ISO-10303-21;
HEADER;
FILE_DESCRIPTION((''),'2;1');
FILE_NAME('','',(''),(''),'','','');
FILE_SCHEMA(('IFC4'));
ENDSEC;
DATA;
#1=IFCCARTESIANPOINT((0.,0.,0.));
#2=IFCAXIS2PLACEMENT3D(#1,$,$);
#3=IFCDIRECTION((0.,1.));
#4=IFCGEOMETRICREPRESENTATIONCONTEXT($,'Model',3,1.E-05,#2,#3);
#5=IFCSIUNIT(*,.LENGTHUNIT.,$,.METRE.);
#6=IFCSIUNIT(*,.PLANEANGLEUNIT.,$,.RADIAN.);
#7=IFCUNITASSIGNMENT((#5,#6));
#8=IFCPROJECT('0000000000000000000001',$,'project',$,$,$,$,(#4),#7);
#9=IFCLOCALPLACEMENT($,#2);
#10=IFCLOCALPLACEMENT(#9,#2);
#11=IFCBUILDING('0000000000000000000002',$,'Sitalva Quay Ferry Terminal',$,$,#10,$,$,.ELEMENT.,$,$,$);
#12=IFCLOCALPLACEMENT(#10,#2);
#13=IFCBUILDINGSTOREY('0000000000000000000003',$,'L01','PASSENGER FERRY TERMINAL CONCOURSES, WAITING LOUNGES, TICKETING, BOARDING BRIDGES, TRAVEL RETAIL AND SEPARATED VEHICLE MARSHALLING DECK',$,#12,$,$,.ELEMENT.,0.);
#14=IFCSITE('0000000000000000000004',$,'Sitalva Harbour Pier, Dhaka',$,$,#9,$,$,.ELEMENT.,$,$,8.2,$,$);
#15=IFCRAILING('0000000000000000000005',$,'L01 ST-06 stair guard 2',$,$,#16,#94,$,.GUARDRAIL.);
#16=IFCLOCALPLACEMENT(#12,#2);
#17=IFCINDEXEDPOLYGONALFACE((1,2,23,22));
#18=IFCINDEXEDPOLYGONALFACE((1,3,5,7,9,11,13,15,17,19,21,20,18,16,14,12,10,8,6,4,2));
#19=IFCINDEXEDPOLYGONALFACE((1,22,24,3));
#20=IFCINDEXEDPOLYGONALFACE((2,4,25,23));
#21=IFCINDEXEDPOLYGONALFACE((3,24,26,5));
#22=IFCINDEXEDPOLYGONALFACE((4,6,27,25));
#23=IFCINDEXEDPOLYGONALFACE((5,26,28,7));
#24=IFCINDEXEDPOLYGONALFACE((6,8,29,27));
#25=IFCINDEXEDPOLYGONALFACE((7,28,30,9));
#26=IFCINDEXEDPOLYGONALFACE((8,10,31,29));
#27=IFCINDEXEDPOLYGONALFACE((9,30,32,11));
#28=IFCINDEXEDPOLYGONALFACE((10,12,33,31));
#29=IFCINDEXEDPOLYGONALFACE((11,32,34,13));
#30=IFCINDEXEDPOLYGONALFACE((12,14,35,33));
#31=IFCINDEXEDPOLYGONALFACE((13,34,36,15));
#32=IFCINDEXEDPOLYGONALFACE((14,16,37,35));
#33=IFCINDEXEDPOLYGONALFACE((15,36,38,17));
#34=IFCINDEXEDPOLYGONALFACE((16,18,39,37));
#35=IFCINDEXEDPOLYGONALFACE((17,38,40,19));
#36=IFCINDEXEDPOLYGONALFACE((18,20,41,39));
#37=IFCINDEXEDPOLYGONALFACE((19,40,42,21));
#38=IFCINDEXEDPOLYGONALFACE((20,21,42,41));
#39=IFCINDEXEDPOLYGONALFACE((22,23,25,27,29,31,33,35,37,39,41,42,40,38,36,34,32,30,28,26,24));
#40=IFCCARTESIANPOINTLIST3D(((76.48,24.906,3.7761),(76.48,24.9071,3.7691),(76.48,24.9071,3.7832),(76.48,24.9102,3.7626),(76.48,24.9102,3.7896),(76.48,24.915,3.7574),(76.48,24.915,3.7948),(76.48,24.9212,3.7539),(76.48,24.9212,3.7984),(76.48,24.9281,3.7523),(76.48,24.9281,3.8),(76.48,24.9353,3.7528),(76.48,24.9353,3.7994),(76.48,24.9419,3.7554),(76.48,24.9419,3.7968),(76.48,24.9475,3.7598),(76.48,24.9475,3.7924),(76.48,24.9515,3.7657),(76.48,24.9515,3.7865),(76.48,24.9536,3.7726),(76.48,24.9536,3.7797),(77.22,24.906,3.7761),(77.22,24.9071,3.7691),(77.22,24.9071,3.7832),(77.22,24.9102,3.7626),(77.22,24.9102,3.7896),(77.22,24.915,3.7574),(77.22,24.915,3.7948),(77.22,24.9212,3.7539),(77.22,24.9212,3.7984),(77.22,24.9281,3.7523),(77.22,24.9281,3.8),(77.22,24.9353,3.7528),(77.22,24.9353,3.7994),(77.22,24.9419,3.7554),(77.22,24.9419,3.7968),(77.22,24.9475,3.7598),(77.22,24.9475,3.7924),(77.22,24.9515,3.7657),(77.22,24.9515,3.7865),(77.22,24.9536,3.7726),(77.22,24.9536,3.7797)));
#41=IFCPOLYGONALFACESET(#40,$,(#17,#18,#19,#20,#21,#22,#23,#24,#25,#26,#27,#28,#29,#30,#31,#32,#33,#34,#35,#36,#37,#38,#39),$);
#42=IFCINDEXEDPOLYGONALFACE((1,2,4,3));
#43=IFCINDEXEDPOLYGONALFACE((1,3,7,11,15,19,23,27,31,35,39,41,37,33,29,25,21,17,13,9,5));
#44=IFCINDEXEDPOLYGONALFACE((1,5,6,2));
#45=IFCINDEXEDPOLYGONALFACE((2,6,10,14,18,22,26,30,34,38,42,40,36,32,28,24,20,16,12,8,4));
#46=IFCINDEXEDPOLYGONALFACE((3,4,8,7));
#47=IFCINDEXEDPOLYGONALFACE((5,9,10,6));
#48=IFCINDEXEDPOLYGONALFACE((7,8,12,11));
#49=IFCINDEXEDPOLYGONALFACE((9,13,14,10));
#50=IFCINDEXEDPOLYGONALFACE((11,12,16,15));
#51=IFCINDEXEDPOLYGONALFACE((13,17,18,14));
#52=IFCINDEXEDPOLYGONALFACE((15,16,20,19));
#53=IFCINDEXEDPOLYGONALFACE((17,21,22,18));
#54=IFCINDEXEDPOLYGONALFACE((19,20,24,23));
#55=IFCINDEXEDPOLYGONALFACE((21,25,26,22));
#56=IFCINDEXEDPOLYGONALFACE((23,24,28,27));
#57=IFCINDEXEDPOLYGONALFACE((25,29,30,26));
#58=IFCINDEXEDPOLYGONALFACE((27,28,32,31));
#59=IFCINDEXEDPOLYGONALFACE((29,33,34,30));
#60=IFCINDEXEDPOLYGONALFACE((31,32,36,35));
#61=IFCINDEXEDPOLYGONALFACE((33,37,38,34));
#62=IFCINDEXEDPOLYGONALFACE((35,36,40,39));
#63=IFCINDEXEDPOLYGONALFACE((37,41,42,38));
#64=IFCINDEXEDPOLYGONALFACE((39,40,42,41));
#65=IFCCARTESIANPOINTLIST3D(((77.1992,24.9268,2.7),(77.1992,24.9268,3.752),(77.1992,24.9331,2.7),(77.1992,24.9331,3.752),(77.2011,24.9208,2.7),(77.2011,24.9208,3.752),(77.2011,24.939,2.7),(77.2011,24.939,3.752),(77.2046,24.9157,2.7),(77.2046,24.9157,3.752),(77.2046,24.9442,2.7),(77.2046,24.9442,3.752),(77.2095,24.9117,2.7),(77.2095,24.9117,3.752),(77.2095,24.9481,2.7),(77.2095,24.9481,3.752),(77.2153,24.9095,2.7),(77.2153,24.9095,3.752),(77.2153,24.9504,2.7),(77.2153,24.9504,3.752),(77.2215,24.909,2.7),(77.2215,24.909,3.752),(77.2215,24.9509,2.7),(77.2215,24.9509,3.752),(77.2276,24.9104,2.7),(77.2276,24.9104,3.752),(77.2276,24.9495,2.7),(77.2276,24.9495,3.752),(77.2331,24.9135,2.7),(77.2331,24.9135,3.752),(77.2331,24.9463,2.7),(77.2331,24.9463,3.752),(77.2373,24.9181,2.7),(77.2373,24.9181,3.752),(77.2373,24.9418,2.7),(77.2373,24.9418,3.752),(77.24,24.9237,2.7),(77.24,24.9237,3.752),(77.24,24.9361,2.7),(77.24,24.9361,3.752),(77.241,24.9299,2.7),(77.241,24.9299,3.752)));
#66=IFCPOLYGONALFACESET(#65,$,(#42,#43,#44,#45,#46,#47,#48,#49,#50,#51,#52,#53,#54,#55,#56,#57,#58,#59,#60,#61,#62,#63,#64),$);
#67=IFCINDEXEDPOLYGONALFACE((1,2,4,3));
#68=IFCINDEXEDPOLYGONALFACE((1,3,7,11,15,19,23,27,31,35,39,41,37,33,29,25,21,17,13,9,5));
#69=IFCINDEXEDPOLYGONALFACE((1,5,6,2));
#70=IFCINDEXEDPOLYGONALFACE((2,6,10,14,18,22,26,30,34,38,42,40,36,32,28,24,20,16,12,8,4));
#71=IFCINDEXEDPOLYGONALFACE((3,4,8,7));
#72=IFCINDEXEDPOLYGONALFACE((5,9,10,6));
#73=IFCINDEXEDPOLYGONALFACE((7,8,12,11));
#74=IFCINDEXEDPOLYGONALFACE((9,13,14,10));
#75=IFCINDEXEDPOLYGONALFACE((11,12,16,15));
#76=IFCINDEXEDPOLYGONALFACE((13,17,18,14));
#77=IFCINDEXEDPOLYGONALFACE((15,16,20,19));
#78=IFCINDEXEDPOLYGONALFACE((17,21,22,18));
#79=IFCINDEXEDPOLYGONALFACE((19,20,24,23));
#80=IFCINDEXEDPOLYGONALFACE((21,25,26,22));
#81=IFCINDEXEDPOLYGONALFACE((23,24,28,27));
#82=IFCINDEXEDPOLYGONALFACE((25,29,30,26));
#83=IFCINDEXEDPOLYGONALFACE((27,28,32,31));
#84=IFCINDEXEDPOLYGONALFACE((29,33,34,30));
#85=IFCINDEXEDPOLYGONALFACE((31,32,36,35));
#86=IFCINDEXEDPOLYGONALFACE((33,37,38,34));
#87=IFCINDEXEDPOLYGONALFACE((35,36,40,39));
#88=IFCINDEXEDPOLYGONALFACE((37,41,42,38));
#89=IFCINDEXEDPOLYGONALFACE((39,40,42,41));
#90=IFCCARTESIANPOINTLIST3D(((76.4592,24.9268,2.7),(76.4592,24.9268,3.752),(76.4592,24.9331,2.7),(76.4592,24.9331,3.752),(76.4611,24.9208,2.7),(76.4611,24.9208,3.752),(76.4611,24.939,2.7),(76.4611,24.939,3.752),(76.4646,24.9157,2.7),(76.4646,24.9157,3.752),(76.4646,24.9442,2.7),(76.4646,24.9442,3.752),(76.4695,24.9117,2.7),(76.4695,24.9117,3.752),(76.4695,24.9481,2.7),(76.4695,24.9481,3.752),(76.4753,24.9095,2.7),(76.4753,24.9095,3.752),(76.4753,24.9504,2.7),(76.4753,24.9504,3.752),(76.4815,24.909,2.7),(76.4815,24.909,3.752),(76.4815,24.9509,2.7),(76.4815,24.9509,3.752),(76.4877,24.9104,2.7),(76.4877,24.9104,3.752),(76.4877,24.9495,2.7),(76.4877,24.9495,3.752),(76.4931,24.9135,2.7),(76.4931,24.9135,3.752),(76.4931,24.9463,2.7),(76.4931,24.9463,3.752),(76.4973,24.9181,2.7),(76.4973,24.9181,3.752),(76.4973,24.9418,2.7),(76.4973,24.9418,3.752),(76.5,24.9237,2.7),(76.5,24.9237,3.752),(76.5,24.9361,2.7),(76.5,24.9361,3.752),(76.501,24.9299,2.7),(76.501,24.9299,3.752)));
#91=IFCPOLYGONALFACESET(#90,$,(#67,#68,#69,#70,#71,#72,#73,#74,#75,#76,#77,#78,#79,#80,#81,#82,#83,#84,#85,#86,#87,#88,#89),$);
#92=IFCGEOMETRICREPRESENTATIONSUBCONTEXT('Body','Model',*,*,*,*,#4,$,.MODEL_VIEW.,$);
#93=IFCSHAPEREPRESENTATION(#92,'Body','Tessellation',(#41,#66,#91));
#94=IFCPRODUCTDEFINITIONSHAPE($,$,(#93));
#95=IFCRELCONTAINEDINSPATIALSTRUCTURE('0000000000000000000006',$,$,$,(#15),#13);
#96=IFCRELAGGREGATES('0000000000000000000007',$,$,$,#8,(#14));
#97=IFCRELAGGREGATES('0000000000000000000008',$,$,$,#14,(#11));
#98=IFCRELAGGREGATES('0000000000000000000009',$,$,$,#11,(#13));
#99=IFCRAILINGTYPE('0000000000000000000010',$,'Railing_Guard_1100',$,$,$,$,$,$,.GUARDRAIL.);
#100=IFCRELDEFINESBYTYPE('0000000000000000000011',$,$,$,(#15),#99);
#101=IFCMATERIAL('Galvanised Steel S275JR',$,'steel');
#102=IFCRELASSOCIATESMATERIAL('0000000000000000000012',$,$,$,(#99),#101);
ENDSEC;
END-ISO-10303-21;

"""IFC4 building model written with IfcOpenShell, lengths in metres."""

from ifc_helpers import new_model, si_unit, direction, frame, origin, origin_2d, place, context, subcontext, project, spatial, circle, extrude, material, type_object, element, save


model = new_model("IFC4")

# Units and contexts
model_context = context("Model", 3, precision=1e-05, world=origin(), true_north=direction((0.0, 1.0)))
body_context = subcontext(model_context, "Body", "Model", "MODEL_VIEW")
ifc_project = project(units=[si_unit("LENGTHUNIT", "METRE"), si_unit("PLANEANGLEUNIT", "RADIAN")], contexts=[model_context])

# Site, building, storey
site_placement = place(None, origin())
site = spatial("IfcSite", under=ifc_project, at=site_placement, Name="Sitalva Harbour Pier, Dhaka", CompositionType="ELEMENT", RefElevation=8.2)
building_placement = place(site_placement, origin())
building = spatial("IfcBuilding", under=site, at=building_placement, Name="Sitalva Quay Ferry Terminal", CompositionType="ELEMENT")
storey_placement = place(building_placement, origin())
storey = spatial("IfcBuildingStorey", under=building, at=storey_placement, Name="L01", Description="PASSENGER FERRY TERMINAL CONCOURSES, WAITING LOUNGES, TICKETING, BOARDING BRIDGES, TRAVEL RETAIL AND SEPARATED VEHICLE MARSHALLING DECK", CompositionType="ELEMENT", Elevation=0.0)

# Railing
ifc_material_1 = material(Name="Galvanised Steel S275JR", Category="steel")
railing_type_1 = type_object("IfcRailingType", Name="Railing_Guard_1100", PredefinedType="GUARDRAIL", material=ifc_material_1)
railing_1_placement = place(storey_placement, frame((77.22, 24.9299, 2.7)))
element("IfcRailing", 1, at=railing_1_placement, inside=storey, type_object=railing_type_1, Name="L01 ST-06 stair guard 2", PredefinedType="GUARDRAIL", context=body_context, shape_type="SweptSolid", body=[
    extrude(circle(Radius=0.0239, at=origin_2d()), frame((0.0, 0.0, 1.0762), z_axis=(-1.0, 0.0, 0.0), x_axis=(0.0, -1.0, 0.0)), (0.0, 0.0, 1.0), 0.74),
    extrude(circle(Radius=0.021, at=origin_2d()), origin(), (0.0, 0.0, 1.0), 1.052),
    extrude(circle(Radius=0.021, at=origin_2d()), frame((-0.74, 0.0, 0.0)), (0.0, 0.0, 1.0), 1.052),
])

save(model, "model.ifc")
